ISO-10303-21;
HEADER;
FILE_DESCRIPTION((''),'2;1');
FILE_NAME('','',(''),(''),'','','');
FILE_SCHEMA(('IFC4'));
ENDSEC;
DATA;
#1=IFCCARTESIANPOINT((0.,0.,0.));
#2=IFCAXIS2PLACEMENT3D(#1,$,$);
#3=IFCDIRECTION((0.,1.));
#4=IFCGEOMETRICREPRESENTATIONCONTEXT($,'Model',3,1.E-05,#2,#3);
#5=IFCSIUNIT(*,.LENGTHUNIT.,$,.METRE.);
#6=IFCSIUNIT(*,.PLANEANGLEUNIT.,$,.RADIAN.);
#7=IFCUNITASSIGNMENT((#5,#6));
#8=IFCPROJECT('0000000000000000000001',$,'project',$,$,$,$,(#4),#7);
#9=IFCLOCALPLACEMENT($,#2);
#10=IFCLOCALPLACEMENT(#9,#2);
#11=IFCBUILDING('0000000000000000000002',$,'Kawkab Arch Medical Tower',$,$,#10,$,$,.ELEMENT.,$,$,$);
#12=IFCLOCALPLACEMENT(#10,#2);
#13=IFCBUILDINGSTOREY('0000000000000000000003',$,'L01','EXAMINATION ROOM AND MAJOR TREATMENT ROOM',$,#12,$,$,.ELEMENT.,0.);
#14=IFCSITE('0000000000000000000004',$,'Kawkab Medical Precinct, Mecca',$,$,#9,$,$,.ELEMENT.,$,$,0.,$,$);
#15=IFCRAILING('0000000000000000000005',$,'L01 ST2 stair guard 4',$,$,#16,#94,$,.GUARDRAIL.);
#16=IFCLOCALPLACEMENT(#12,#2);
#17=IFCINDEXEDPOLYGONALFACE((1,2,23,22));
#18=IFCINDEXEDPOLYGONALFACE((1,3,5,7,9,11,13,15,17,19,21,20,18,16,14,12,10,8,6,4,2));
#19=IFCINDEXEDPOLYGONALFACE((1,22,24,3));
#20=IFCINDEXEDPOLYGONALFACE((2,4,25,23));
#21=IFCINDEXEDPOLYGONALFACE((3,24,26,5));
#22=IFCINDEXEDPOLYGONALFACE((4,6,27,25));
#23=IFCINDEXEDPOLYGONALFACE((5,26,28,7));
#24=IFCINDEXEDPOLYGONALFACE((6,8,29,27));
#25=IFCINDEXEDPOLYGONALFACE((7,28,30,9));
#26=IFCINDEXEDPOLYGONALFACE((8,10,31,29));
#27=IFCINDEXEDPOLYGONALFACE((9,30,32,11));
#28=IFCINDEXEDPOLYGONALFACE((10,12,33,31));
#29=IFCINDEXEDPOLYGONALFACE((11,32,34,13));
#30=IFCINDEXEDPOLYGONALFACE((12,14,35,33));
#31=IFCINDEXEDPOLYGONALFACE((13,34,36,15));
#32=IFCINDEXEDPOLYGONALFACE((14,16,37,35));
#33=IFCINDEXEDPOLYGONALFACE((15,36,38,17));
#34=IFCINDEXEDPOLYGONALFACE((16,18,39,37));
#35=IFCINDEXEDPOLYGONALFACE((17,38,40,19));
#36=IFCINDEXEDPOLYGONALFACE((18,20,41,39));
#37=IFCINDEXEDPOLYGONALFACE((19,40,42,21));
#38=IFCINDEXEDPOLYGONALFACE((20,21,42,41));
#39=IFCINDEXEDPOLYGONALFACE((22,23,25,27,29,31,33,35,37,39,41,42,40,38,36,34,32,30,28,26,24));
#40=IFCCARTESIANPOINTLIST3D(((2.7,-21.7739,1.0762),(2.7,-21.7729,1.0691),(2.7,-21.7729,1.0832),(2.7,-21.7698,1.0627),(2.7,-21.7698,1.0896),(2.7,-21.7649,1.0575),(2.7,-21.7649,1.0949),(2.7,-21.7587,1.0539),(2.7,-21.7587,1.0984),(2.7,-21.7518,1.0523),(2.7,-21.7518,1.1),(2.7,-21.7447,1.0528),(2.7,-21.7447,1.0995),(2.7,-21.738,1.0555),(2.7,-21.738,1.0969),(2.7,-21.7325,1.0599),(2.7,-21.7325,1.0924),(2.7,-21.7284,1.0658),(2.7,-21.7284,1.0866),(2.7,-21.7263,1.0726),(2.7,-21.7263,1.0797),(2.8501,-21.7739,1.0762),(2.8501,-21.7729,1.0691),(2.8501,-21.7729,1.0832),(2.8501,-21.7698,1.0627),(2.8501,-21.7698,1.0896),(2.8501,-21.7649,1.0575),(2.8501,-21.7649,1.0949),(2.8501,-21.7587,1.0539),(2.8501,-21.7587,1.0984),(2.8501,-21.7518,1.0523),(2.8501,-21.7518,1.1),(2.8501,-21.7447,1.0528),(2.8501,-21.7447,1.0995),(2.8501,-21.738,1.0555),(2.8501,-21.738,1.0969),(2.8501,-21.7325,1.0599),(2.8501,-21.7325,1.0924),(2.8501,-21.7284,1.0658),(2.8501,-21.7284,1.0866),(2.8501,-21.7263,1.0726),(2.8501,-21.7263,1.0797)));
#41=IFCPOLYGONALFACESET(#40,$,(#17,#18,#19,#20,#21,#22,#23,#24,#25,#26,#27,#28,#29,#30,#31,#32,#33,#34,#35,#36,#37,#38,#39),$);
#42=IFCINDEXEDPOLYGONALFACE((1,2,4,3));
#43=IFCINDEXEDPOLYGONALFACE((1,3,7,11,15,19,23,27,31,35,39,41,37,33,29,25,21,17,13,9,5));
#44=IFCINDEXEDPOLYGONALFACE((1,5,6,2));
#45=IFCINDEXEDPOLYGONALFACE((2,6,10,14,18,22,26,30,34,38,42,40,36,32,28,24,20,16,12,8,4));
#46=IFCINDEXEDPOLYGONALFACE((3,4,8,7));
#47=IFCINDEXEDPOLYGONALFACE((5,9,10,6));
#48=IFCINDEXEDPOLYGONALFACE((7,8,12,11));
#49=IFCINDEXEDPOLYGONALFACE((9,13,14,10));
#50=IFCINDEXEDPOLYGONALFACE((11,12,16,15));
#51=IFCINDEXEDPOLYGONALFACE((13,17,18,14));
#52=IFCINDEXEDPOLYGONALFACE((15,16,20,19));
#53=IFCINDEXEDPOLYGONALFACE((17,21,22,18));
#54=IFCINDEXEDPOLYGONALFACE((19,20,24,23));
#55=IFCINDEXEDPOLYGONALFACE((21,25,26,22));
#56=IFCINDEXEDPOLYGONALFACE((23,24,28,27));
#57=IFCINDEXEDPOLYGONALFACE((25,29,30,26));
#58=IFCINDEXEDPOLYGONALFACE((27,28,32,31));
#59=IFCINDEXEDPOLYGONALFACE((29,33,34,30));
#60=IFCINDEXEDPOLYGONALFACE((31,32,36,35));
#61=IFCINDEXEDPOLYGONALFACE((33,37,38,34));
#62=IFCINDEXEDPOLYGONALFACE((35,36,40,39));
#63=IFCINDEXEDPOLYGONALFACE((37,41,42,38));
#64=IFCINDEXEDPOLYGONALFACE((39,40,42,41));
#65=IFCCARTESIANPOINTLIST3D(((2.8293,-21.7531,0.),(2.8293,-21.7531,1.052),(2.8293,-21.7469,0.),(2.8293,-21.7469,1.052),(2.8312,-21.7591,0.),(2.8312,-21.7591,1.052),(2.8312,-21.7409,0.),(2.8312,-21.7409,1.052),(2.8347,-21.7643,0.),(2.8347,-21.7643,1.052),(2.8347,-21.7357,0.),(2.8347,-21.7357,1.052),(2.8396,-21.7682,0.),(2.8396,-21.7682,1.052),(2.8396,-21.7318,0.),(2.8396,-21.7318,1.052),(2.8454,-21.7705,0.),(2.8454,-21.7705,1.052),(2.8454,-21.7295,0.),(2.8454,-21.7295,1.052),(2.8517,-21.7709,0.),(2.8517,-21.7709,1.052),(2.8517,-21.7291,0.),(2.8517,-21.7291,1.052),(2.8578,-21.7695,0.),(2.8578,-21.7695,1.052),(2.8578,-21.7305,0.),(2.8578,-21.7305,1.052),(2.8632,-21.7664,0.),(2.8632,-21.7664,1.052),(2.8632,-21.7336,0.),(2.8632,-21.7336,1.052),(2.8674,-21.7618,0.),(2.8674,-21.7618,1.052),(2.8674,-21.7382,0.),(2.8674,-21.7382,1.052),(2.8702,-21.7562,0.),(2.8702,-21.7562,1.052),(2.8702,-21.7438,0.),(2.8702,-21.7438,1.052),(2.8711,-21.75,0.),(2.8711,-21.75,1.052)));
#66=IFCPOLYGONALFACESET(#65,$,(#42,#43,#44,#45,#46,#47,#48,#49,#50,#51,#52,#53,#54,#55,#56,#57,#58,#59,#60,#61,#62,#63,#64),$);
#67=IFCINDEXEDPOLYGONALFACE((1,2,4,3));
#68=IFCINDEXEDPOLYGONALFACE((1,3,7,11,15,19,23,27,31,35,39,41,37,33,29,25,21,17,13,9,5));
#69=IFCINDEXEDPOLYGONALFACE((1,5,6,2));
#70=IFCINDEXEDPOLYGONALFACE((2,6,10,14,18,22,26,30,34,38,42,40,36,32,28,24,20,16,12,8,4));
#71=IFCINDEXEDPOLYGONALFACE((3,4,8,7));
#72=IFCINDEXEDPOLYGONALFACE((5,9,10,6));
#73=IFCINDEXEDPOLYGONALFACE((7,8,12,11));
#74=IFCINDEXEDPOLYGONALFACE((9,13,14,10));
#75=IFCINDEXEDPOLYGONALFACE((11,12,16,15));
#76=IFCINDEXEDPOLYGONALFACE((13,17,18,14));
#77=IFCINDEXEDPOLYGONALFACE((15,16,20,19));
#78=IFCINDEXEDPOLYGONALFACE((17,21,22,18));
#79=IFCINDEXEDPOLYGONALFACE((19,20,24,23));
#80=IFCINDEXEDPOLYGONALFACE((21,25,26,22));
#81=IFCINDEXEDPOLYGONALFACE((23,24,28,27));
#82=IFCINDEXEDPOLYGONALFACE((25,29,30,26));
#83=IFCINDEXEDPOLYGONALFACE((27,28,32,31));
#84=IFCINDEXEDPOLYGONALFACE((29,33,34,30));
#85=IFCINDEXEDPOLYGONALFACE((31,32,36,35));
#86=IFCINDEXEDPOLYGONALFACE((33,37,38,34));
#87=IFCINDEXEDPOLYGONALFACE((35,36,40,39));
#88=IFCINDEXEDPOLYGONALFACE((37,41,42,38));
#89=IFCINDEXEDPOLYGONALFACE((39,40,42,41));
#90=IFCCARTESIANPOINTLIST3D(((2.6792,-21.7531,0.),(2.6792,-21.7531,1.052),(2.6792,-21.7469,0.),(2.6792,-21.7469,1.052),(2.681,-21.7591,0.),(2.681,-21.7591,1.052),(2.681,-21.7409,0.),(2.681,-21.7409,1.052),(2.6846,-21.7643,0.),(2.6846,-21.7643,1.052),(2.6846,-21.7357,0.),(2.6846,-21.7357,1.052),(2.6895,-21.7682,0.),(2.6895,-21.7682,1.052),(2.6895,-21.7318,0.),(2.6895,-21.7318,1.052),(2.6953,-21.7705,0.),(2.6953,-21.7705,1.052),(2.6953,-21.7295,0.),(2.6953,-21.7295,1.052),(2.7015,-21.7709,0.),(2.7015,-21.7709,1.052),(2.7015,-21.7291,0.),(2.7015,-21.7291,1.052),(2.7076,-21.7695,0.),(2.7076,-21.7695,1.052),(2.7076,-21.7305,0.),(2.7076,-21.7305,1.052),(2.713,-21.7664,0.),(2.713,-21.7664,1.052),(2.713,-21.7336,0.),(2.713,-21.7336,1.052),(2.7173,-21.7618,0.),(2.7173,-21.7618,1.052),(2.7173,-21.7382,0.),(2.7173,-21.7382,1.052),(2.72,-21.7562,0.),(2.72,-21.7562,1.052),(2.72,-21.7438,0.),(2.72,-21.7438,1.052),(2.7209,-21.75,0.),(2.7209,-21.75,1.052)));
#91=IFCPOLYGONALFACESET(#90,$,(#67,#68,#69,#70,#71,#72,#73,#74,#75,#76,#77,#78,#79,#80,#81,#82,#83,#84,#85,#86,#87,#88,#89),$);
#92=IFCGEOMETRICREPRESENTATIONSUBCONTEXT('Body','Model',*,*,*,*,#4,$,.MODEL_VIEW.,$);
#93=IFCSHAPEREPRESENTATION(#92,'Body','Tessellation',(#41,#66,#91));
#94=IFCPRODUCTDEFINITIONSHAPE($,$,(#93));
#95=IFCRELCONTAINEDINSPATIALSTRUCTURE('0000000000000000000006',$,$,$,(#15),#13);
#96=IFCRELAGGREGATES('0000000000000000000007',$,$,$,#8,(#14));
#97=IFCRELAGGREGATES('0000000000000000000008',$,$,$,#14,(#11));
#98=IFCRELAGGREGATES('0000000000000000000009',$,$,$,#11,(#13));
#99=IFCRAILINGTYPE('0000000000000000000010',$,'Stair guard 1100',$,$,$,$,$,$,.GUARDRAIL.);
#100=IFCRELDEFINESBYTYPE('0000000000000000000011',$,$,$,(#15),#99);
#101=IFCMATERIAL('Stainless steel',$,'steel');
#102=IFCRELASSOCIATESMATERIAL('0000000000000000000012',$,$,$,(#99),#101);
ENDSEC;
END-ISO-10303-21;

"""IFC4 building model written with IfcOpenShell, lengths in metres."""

from ifc_helpers import new_model, si_unit, direction, frame, origin, origin_2d, place, context, subcontext, project, spatial, circle, extrude, material, type_object, element, save


model = new_model("IFC4")

# Units and contexts
model_context = context("Model", 3, precision=1e-05, world=origin(), true_north=direction((0.0, 1.0)))
body_context = subcontext(model_context, "Body", "Model", "MODEL_VIEW")
ifc_project = project(units=[si_unit("LENGTHUNIT", "METRE"), si_unit("PLANEANGLEUNIT", "RADIAN")], contexts=[model_context])

# Site, building, storey
site_placement = place(None, origin())
site = spatial("IfcSite", under=ifc_project, at=site_placement, Name="Kawkab Medical Precinct, Mecca", CompositionType="ELEMENT", RefElevation=0.0)
building_placement = place(site_placement, origin())
building = spatial("IfcBuilding", under=site, at=building_placement, Name="Kawkab Arch Medical Tower", CompositionType="ELEMENT")
storey_placement = place(building_placement, origin())
storey = spatial("IfcBuildingStorey", under=building, at=storey_placement, Name="L01", Description="EXAMINATION ROOM AND MAJOR TREATMENT ROOM", CompositionType="ELEMENT", Elevation=0.0)

# Railing
ifc_material_1 = material(Name="Stainless steel", Category="steel")
railing_type = type_object("IfcRailingType", Name="Stair guard 1100", PredefinedType="GUARDRAIL", material=ifc_material_1)
railing_1_placement = place(storey_placement, frame((2.8501, -21.75, 0.0)))
element("IfcRailing", 1, at=railing_1_placement, inside=storey, type_object=railing_type, Name="L01 ST2 stair guard 4", PredefinedType="GUARDRAIL", context=body_context, shape_type="SweptSolid", body=[
    extrude(circle(Radius=0.0239, at=origin_2d()), frame((0.0, 0.0, 1.0762), z_axis=(-1.0, 0.0, 0.0), x_axis=(0.0, -1.0, 0.0)), (0.0, 0.0, 1.0), 0.1501),
    extrude(circle(Radius=0.021, at=origin_2d()), origin(), (0.0, 0.0, 1.0), 1.052),
    extrude(circle(Radius=0.021, at=origin_2d()), frame((-0.1501, 0.0, 0.0)), (0.0, 0.0, 1.0), 1.052),
])

save(model, "model.ifc")
